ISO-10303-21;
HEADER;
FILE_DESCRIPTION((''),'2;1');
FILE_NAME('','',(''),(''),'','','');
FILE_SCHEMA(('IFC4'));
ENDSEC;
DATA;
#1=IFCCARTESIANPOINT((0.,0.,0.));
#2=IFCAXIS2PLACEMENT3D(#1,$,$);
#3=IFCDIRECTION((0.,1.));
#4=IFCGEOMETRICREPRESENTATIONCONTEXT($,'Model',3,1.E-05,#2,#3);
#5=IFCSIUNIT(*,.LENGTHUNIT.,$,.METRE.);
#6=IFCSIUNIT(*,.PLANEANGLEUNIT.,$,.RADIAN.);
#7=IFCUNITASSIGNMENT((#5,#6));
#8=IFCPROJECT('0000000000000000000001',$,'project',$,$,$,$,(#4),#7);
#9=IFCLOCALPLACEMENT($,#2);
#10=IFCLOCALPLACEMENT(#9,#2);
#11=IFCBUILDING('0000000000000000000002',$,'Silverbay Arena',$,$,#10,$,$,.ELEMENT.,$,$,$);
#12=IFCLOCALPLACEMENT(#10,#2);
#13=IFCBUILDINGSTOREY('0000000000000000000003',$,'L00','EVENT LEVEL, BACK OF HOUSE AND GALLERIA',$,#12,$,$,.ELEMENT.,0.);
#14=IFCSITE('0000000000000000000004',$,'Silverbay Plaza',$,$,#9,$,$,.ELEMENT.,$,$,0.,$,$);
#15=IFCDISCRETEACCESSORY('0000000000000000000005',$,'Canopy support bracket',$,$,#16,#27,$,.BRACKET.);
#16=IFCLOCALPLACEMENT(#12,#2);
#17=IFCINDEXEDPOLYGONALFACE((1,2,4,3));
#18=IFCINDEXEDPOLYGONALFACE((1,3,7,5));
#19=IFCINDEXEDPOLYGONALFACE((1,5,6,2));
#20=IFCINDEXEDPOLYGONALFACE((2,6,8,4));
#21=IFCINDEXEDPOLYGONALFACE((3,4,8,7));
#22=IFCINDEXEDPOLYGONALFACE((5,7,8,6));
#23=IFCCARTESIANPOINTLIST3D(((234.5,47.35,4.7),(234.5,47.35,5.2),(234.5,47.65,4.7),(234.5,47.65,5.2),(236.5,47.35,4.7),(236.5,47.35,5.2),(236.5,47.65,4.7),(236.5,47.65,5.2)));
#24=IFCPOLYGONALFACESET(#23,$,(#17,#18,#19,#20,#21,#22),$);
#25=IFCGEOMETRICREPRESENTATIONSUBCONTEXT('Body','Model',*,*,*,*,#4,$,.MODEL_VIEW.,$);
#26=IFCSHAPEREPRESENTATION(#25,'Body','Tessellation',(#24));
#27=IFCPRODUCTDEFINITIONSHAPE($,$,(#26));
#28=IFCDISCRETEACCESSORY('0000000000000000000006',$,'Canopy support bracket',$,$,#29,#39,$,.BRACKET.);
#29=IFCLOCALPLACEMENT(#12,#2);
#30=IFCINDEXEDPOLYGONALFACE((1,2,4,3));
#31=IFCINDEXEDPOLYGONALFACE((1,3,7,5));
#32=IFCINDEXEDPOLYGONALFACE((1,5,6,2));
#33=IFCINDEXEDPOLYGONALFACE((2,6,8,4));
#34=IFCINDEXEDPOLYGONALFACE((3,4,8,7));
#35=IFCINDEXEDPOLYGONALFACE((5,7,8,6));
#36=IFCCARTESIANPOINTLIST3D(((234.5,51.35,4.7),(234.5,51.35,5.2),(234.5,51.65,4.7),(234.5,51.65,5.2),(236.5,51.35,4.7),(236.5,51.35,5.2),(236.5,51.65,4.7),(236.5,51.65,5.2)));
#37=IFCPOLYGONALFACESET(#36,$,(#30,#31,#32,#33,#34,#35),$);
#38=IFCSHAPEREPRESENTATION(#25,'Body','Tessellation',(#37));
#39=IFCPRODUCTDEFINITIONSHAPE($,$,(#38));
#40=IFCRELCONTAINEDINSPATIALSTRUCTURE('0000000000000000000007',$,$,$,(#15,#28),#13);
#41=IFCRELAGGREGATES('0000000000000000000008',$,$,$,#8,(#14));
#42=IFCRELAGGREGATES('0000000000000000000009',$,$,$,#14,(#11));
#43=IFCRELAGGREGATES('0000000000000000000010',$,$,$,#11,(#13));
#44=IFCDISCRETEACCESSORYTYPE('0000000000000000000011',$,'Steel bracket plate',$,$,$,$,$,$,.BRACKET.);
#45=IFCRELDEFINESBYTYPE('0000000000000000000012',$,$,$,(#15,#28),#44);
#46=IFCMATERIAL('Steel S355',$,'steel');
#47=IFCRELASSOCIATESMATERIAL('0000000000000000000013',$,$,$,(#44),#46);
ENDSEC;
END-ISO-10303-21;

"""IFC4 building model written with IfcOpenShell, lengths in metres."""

from ifc_helpers import new_model, si_unit, direction, frame, origin, origin_2d, place, context, subcontext, project, spatial, rectangle, extrude, material, type_object, element, save


model = new_model("IFC4")

# Units and contexts
model_context = context("Model", 3, precision=1e-05, world=origin(), true_north=direction((0.0, 1.0)))
body_context = subcontext(model_context, "Body", "Model", "MODEL_VIEW")
ifc_project = project(units=[si_unit("LENGTHUNIT", "METRE"), si_unit("PLANEANGLEUNIT", "RADIAN")], contexts=[model_context])

# Site, building, storey
site_placement = place(None, origin())
site = spatial("IfcSite", under=ifc_project, at=site_placement, Name="Silverbay Plaza", CompositionType="ELEMENT", RefElevation=0.0)
building_placement = place(site_placement, origin())
building = spatial("IfcBuilding", under=site, at=building_placement, Name="Silverbay Arena", CompositionType="ELEMENT")
storey_placement = place(building_placement, origin())
storey = spatial("IfcBuildingStorey", under=building, at=storey_placement, Name="L00", Description="EVENT LEVEL, BACK OF HOUSE AND GALLERIA", CompositionType="ELEMENT", Elevation=0.0)

# Discrete accessories
ifc_material_1 = material(Name="Steel S355", Category="steel")
discrete_accessory_type = type_object("IfcDiscreteAccessoryType", Name="Steel bracket plate", PredefinedType="BRACKET", material=ifc_material_1)
for number, where, z_axis, x_axis, name in (
    (1, (235.5, 47.5, 4.7), (0.0, 0.0, 1.0), (0.0, 1.0, 0.0), "Canopy support bracket"),
    (2, (235.5, 51.5, 4.7), (0.0, 0.0, 1.0), (0.0, 1.0, 0.0), "Canopy support bracket"),
):
    element("IfcDiscreteAccessory", number, at=place(storey_placement, frame(where, z_axis=z_axis, x_axis=x_axis)), inside=storey, type_object=discrete_accessory_type, Name=name, PredefinedType="BRACKET", context=body_context, shape_type="SweptSolid", body=[
        extrude(rectangle(XDim=0.3, YDim=2.0, at=origin_2d()), origin(), (0.0, 0.0, 1.0), 0.5),
    ])

save(model, "model.ifc")
